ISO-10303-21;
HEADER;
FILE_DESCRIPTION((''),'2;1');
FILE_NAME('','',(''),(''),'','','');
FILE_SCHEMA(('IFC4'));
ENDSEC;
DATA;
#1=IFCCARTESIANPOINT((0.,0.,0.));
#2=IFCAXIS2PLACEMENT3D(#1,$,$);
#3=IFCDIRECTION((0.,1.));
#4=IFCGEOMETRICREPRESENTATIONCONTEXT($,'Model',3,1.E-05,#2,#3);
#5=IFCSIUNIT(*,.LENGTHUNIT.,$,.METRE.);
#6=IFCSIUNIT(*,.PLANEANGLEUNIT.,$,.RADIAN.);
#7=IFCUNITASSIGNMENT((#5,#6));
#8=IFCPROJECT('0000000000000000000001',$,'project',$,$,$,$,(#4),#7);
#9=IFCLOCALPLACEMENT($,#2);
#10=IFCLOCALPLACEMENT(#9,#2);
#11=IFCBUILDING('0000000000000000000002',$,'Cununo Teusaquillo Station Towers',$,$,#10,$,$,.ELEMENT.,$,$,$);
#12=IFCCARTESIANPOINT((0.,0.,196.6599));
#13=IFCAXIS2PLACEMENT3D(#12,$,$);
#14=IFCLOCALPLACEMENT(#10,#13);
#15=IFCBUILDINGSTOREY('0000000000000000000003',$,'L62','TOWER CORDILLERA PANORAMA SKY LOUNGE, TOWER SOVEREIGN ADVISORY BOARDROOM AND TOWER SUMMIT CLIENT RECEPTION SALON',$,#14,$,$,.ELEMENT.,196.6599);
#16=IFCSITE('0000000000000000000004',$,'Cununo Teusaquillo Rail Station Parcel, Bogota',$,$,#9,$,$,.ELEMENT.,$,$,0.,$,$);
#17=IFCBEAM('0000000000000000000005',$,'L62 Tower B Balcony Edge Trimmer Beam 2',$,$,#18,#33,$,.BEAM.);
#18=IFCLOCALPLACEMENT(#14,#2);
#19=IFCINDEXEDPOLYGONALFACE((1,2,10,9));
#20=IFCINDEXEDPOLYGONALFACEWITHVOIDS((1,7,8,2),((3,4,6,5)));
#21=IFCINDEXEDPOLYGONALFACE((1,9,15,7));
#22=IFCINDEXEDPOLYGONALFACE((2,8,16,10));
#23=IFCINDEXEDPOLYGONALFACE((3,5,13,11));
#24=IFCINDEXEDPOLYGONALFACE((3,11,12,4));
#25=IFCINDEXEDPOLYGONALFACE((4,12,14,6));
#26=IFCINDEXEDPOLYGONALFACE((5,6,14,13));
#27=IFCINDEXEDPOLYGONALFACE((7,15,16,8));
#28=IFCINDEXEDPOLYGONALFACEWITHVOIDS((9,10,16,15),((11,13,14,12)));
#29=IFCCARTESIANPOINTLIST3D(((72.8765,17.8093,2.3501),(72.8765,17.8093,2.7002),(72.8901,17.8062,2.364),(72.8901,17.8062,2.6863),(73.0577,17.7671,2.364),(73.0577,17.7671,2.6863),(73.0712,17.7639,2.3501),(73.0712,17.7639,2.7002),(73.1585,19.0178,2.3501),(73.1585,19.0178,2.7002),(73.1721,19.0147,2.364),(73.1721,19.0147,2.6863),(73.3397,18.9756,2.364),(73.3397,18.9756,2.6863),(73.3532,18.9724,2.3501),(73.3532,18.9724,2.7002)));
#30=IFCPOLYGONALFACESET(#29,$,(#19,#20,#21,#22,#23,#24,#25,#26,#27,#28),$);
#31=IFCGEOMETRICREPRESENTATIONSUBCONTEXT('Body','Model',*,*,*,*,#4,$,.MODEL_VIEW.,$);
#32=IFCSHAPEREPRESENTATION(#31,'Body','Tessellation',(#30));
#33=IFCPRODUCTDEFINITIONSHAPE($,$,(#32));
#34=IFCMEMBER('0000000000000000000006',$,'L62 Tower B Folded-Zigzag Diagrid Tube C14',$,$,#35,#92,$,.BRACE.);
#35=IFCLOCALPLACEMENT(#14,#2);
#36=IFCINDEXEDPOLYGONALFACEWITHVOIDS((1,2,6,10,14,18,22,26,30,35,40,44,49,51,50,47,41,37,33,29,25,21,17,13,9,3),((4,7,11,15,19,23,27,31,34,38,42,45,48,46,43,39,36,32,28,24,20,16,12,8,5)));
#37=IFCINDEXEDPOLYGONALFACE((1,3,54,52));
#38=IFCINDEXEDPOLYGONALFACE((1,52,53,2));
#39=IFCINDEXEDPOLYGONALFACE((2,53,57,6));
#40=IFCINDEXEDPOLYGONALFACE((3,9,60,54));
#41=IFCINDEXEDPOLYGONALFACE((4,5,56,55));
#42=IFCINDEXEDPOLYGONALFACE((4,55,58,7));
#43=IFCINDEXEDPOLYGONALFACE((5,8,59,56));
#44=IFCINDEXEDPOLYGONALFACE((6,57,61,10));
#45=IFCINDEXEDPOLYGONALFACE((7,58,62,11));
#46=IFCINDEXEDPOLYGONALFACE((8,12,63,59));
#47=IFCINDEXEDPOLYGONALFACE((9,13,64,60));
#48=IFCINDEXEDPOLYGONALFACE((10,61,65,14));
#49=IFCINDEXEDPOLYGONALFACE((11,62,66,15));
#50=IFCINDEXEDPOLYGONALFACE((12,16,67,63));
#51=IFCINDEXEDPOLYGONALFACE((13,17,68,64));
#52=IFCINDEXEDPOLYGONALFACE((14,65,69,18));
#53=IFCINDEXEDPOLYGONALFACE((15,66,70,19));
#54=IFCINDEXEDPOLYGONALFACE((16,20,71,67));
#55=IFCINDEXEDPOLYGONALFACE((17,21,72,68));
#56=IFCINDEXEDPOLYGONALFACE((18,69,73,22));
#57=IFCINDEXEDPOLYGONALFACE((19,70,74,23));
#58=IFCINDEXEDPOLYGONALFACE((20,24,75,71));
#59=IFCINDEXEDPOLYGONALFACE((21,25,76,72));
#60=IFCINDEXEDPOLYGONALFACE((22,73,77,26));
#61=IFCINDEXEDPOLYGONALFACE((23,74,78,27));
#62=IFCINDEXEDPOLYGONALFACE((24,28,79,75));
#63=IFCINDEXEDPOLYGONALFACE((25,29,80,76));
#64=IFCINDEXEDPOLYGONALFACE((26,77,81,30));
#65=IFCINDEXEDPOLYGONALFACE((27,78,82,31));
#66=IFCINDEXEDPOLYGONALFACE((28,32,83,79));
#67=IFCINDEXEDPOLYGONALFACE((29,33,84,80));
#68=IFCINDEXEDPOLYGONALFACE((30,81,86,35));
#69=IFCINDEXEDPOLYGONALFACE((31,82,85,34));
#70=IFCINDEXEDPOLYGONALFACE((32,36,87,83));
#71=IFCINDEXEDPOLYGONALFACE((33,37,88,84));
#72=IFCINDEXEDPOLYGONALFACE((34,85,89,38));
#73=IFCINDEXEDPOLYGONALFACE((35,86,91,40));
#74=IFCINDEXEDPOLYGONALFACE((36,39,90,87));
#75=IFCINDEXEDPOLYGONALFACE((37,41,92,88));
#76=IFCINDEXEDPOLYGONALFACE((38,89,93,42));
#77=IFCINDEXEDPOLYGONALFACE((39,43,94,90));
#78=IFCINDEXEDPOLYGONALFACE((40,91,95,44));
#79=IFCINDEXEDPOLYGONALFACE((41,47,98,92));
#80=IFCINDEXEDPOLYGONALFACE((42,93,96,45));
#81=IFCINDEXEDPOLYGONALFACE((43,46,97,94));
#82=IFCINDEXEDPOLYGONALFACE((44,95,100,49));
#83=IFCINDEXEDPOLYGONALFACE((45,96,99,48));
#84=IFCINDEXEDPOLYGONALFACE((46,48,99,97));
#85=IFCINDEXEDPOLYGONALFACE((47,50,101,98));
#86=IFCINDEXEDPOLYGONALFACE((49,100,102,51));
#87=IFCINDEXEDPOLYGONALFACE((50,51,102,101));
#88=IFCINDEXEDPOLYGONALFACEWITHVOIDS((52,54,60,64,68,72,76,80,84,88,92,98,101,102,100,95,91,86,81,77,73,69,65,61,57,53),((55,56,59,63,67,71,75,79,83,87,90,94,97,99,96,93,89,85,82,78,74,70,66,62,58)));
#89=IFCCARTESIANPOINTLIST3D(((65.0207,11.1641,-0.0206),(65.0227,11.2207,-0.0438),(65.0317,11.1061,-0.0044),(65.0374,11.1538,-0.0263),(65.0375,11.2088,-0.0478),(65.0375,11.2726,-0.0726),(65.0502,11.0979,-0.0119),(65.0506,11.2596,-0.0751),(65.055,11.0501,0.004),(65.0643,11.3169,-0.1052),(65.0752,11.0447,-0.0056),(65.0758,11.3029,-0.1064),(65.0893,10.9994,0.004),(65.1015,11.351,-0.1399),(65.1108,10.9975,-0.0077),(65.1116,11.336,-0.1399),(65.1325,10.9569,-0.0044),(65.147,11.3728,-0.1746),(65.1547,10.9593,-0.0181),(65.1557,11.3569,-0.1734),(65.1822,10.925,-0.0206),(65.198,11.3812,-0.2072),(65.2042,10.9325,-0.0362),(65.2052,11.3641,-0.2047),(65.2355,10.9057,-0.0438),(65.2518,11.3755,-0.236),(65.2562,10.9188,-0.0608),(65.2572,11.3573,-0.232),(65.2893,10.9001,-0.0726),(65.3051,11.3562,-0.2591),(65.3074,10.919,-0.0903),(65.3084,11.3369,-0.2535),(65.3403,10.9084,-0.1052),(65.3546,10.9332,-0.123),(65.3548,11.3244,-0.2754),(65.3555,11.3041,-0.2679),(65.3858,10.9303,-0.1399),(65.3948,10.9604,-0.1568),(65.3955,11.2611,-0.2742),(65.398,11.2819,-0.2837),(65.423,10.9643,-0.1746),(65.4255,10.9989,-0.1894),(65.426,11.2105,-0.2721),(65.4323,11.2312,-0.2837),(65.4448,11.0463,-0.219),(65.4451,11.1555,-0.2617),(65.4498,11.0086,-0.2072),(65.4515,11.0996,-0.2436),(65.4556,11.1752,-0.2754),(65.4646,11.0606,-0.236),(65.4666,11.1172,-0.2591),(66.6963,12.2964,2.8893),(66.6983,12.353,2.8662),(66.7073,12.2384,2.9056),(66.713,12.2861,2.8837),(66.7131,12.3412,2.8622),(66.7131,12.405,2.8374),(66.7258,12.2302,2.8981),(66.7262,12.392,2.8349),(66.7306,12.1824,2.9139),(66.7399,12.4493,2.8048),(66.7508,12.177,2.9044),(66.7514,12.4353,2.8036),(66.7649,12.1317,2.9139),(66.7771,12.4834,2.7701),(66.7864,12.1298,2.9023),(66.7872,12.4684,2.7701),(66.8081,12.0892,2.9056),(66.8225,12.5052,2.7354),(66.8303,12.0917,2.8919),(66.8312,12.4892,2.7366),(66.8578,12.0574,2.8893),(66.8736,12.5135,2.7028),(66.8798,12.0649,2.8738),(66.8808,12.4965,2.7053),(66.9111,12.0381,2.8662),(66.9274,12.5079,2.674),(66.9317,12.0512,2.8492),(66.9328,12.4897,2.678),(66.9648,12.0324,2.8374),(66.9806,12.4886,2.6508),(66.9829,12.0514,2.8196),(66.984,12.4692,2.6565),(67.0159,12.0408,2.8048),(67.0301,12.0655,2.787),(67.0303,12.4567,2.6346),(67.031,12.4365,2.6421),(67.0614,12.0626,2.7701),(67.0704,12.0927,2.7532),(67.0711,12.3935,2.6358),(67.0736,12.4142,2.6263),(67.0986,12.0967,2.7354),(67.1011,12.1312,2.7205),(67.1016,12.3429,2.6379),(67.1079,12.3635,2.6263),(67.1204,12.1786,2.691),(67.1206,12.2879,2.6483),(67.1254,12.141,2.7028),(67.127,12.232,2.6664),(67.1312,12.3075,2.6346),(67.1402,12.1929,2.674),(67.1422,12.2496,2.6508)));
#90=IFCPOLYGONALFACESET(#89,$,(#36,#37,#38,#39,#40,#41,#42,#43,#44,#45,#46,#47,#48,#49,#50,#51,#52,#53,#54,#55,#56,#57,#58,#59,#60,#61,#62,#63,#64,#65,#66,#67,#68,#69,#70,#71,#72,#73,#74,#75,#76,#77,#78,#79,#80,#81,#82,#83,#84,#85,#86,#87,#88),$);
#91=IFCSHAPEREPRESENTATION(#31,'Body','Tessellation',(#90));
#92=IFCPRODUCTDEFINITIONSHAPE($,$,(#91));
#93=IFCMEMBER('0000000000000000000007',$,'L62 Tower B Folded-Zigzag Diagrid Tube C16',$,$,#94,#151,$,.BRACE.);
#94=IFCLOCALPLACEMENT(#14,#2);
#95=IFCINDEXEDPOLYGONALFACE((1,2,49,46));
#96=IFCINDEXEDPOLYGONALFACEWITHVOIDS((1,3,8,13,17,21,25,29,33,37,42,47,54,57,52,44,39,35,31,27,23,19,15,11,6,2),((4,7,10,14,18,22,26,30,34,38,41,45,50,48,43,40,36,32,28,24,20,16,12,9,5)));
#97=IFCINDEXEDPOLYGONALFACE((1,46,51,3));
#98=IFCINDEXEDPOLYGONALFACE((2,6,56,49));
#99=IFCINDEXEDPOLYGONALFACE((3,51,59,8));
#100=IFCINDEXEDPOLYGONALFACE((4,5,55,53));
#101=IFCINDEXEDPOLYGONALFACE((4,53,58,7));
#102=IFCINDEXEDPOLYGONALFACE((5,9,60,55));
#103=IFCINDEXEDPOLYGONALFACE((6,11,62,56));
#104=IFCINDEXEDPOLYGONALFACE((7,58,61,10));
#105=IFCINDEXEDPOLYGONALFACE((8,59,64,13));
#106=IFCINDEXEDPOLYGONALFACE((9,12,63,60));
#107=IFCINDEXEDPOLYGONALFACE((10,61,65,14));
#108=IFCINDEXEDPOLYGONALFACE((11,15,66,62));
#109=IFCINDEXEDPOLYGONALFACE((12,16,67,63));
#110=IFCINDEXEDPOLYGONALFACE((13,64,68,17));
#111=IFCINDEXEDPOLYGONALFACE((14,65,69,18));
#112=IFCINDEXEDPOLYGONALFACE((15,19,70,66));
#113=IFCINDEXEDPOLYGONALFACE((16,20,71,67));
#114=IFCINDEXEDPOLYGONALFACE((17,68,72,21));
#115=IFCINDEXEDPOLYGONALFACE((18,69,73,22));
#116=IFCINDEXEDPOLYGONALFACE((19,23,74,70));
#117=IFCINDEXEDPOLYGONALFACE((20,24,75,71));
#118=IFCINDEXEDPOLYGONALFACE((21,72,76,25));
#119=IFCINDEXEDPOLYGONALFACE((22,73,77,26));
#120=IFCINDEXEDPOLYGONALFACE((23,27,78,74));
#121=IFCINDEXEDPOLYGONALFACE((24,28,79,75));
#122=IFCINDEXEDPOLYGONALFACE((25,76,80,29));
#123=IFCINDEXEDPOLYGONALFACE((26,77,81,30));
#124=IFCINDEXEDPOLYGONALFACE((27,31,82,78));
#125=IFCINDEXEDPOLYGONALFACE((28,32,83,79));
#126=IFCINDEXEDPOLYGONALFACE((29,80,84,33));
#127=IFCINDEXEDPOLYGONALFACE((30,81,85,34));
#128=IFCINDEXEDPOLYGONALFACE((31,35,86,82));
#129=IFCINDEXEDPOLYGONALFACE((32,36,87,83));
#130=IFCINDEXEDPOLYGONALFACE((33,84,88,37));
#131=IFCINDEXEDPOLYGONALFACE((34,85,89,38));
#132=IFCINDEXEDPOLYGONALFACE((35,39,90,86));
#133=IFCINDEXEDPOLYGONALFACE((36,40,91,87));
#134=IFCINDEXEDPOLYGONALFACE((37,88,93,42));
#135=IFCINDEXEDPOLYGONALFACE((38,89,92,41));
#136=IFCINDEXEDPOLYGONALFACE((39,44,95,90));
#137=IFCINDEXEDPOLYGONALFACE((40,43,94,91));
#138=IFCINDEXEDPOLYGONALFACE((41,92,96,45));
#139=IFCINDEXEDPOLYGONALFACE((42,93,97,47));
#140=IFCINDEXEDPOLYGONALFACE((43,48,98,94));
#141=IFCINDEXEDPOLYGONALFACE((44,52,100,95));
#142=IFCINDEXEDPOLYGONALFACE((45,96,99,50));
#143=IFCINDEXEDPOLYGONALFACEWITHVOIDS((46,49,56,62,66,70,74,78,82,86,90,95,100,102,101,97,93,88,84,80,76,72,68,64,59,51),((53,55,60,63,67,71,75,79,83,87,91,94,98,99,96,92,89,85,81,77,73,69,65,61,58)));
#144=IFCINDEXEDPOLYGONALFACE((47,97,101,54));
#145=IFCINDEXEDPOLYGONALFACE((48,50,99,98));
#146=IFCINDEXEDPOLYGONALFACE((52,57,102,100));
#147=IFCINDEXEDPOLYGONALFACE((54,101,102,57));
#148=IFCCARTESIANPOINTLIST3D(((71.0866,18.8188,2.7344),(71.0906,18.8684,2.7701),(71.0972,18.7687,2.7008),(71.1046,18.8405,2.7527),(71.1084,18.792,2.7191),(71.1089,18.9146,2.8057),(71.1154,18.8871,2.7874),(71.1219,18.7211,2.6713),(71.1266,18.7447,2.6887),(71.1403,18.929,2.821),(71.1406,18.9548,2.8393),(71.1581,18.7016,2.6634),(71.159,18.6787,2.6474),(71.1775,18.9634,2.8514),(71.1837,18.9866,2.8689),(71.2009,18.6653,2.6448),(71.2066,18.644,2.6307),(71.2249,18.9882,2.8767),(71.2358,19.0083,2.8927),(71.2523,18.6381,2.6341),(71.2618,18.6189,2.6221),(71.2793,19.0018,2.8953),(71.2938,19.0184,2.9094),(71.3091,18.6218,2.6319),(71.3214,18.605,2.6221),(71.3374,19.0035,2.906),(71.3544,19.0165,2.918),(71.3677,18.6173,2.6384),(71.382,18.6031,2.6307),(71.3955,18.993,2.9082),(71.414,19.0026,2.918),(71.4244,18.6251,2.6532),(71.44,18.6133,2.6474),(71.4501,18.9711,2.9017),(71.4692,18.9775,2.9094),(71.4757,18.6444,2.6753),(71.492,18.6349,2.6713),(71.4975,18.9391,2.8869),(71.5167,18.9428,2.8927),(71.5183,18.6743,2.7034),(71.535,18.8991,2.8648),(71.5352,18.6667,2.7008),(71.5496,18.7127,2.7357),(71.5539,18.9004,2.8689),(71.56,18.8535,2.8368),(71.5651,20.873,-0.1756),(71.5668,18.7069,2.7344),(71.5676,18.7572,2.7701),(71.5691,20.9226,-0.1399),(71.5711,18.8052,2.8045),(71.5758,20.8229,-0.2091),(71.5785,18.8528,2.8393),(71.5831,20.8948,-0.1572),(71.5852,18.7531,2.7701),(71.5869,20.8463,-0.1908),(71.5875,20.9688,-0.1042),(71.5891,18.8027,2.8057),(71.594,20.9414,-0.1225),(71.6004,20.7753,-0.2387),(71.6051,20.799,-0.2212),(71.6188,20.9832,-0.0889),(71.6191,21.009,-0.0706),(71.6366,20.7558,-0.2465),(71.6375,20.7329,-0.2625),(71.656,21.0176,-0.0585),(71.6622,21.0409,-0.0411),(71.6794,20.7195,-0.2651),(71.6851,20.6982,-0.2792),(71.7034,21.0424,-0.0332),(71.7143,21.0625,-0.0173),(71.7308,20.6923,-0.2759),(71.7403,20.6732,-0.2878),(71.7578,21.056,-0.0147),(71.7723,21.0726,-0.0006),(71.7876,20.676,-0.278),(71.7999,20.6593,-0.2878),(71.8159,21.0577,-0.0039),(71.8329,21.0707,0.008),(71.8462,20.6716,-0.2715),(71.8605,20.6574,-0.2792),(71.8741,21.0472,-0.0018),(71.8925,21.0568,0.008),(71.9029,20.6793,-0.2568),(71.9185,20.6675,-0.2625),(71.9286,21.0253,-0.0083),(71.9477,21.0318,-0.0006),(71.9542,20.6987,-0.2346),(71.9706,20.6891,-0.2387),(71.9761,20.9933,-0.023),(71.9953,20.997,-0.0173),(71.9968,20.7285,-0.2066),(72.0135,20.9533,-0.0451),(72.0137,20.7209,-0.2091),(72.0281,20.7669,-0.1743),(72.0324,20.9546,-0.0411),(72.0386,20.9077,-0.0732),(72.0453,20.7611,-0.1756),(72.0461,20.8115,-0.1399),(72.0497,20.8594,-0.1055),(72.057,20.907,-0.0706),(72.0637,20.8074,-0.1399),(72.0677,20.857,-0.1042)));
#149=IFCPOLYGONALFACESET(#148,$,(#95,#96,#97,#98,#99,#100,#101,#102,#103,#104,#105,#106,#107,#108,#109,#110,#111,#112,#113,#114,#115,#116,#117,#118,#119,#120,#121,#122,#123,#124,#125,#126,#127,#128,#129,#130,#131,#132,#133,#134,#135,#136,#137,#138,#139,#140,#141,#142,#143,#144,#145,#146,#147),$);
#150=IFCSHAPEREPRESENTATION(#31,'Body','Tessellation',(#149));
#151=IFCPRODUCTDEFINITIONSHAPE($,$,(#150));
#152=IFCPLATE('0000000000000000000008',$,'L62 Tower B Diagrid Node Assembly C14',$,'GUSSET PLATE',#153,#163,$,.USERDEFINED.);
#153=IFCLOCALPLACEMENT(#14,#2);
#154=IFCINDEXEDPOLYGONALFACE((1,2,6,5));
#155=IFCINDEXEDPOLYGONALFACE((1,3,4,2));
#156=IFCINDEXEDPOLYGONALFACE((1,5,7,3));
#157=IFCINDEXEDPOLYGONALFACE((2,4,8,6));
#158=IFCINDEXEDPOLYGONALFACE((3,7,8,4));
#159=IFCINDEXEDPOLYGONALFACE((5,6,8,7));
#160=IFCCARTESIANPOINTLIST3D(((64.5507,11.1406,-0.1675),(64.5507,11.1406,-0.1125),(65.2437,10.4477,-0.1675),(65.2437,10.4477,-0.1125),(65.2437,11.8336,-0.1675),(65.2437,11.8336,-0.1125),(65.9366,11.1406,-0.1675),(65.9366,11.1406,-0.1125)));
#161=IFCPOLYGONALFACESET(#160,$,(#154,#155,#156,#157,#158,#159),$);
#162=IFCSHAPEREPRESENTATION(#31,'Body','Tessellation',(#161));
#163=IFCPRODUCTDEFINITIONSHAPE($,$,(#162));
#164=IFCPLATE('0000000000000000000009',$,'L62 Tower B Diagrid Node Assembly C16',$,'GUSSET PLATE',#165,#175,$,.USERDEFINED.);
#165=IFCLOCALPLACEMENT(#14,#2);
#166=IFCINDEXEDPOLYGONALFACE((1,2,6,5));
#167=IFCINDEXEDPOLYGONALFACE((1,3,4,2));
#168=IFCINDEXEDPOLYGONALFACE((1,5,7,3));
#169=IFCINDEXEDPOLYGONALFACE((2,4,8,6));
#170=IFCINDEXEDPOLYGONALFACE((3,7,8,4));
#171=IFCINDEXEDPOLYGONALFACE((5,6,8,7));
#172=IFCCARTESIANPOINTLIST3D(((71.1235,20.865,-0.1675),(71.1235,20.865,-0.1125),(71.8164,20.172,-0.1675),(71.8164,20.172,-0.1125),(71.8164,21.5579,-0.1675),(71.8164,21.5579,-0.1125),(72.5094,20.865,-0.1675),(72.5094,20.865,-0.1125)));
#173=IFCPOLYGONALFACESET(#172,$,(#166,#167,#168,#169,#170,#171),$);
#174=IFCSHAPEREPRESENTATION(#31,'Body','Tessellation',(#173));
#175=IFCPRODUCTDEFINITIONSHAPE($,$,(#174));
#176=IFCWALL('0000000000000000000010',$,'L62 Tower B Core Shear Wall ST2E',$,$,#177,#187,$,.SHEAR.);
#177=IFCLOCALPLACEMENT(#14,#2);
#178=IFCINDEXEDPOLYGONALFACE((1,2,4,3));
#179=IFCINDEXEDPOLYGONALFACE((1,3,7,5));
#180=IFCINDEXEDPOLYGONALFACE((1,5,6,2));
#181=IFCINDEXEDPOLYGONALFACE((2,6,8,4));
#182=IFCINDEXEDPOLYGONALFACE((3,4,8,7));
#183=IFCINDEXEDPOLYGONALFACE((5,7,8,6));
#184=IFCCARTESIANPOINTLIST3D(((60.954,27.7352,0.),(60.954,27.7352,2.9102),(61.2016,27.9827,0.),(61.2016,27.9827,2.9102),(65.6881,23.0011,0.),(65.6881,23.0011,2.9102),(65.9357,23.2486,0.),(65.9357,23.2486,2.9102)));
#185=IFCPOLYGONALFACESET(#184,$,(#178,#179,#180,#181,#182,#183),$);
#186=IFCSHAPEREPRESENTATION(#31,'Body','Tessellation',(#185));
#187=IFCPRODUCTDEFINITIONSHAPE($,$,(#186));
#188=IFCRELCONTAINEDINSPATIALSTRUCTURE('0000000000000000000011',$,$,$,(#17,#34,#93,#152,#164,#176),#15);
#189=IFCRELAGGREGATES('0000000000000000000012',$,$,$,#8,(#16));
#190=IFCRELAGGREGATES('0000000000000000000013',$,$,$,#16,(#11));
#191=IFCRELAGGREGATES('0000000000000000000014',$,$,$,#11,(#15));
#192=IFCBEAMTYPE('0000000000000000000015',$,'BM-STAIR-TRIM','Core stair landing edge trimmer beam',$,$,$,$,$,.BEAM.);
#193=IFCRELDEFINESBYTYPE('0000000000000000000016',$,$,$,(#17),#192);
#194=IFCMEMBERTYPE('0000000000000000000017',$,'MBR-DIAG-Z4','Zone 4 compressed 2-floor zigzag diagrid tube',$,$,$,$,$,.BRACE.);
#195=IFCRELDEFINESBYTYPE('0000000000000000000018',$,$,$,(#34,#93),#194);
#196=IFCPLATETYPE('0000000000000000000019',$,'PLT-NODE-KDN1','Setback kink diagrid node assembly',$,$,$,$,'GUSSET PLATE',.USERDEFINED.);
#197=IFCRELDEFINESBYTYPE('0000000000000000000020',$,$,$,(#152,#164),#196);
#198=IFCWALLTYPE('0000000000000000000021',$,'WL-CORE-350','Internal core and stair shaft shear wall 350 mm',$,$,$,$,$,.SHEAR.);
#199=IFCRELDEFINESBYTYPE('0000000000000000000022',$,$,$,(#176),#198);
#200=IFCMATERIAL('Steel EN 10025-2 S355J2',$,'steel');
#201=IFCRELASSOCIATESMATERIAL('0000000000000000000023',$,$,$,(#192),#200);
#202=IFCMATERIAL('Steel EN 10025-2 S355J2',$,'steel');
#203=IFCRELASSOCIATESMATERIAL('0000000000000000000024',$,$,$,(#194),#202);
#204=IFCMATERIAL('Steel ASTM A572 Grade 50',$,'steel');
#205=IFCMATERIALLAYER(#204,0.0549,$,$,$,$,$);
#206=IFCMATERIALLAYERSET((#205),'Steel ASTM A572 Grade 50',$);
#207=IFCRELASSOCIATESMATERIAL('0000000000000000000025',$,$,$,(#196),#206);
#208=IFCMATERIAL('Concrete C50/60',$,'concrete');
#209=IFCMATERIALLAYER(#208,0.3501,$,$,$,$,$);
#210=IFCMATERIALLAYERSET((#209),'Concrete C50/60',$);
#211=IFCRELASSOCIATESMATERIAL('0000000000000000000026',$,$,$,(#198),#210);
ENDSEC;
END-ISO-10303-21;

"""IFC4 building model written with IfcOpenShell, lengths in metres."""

from ifc_helpers import new_model, si_unit, direction, frame, frame_2d, origin, origin_2d, place, context, subcontext, project, spatial, rectangle, hollow_rectangle, hollow_circle, extrude, source, transform, mapped, material, layer, layer_set, material_profile, profile_set, type_object, element, save


model = new_model("IFC4")

# Units and contexts
model_context = context("Model", 3, precision=1e-05, world=origin(), true_north=direction((0.0, 1.0)))
body_context = subcontext(model_context, "Body", "Model", "MODEL_VIEW")
ifc_project = project(units=[si_unit("LENGTHUNIT", "METRE"), si_unit("PLANEANGLEUNIT", "RADIAN")], contexts=[model_context])

# Site, building, storey
site_placement = place(None, origin())
site = spatial("IfcSite", under=ifc_project, at=site_placement, Name="Cununo Teusaquillo Rail Station Parcel, Bogota", CompositionType="ELEMENT", RefElevation=0.0)
building_placement = place(site_placement, origin())
building = spatial("IfcBuilding", under=site, at=building_placement, Name="Cununo Teusaquillo Station Towers", CompositionType="ELEMENT")
storey_placement = place(building_placement, frame((0.0, 0.0, 196.6599)))
storey = spatial("IfcBuildingStorey", under=building, at=storey_placement, Name="L62", Description="TOWER CORDILLERA PANORAMA SKY LOUNGE, TOWER SOVEREIGN ADVISORY BOARDROOM AND TOWER SUMMIT CLIENT RECEPTION SALON", CompositionType="ELEMENT", Elevation=196.6599)

# Beam
ifc_material_1 = material(Name="Steel EN 10025-2 S355J2", Category="steel")
ifc_material_profile_1 = material_profile(ifc_material_1, hollow_rectangle(XDim=0.2, YDim=0.3501, WallThickness=0.0139, at=origin_2d()), Name="RHS 350x200x14")
ifc_profile_set_1 = profile_set([ifc_material_profile_1], Name="Steel EN 10025-2 S355J2")
beam_type_1 = type_object("IfcBeamType", Name="BM-STAIR-TRIM", Description="Core stair landing edge trimmer beam", PredefinedType="BEAM", material=ifc_profile_set_1)
beam_1_placement = place(storey_placement, frame((72.9739, 17.7866, 2.5251), z_axis=(0.22723, 0.973841, 0.0), x_axis=(-0.973841, 0.22723, 0.0)))
element("IfcBeam", 1, at=beam_1_placement, inside=storey, type_object=beam_type_1, Name="L62 Tower B Balcony Edge Trimmer Beam 2", PredefinedType="BEAM", context=body_context, shape_type="SweptSolid", body=[
    extrude(hollow_rectangle(XDim=0.2, YDim=0.3501, WallThickness=0.0139, at=origin_2d()), origin(), (0.0, 0.0, 1.0), 1.241),
])

# Members
ifc_material_2 = material(Name="Steel EN 10025-2 S355J2", Category="steel")
ifc_material_profile_2 = material_profile(ifc_material_2, hollow_circle(Radius=0.2539, WallThickness=0.0181, at=origin_2d()), Name="CHS 508x18")
ifc_profile_set_2 = profile_set([ifc_material_profile_2], Name="Steel EN 10025-2 S355J2")
member_type = type_object("IfcMemberType", Name="MBR-DIAG-Z4", Description="Zone 4 compressed 2-floor zigzag diagrid tube", PredefinedType="BRACE", material=ifc_profile_set_2)
member_1_placement = place(storey_placement, frame((65.2437, 11.1406, -0.1399), z_axis=(0.472833, 0.31954, 0.821172), x_axis=(-0.559927, 0.828542, 0.0)))
element("IfcMember", 2, at=member_1_placement, inside=storey, type_object=member_type, Name="L62 Tower B Folded-Zigzag Diagrid Tube C14", PredefinedType="BRACE", context=body_context, shape_type="SweptSolid", body=[
    extrude(hollow_circle(Radius=0.2539, WallThickness=0.0181, at=origin_2d()), origin(), (0.0, 0.0, 1.0), 3.5437),
])
member_2_placement = place(storey_placement, frame((71.8164, 20.865, -0.1399), z_axis=(-0.133146, -0.571575, 0.809675), x_axis=(0.973925, -0.226871, 0.0)))
element("IfcMember", 3, at=member_2_placement, inside=storey, type_object=member_type, Name="L62 Tower B Folded-Zigzag Diagrid Tube C16", PredefinedType="BRACE", context=body_context, shape_type="SweptSolid", body=[
    extrude(hollow_circle(Radius=0.2539, WallThickness=0.0181, at=origin_2d()), origin(), (0.0, 0.0, 1.0), 3.594),
])

# Plates
ifc_material_3 = material(Name="Steel ASTM A572 Grade 50", Category="steel")
ifc_layer_1 = layer(ifc_material_3, 0.0549)
ifc_layer_set_1 = layer_set([ifc_layer_1], Name="Steel ASTM A572 Grade 50")
plate_type = type_object("IfcPlateType", Name="PLT-NODE-KDN1", Description="Setback kink diagrid node assembly", ElementType="GUSSET PLATE", PredefinedType="USERDEFINED", material=ifc_layer_set_1)
shared_shape_1 = source(origin(), body_context, "Body", "SweptSolid", [
    extrude(rectangle(XDim=0.98, YDim=0.98, at=origin_2d()), origin(), (0.0, 0.0, 1.0), 0.0549),
])
for number, where, z_axis, x_axis, name in (
    (4, (65.2437, 11.1406, -0.1675), (0.0, 0.0, 1.0), (0.707107, 0.707107, 0.0), "L62 Tower B Diagrid Node Assembly C14"),
    (5, (71.8164, 20.865, -0.1675), (0.0, 0.0, 1.0), (0.707107, 0.707107, 0.0), "L62 Tower B Diagrid Node Assembly C16"),
):
    element("IfcPlate", number, at=place(storey_placement, frame(where, z_axis=z_axis, x_axis=x_axis)), inside=storey, type_object=plate_type, Name=name, ObjectType="GUSSET PLATE", PredefinedType="USERDEFINED", context=body_context, shape_type="MappedRepresentation", body=[
        mapped(shared_shape_1, transform((0.0, 0.0, 0.0), x_axis=(1.0, 0.0, 0.0), y_axis=(0.0, 1.0, 0.0), z_axis=(0.0, 0.0, 1.0), scale=1.0)),
    ])

# Wall
ifc_material_4 = material(Name="Concrete C50/60", Category="concrete")
ifc_layer_2 = layer(ifc_material_4, 0.3501)
ifc_layer_set_2 = layer_set([ifc_layer_2], Name="Concrete C50/60")
wall_type_1 = type_object("IfcWallType", Name="WL-CORE-350", Description="Internal core and stair shaft shear wall 350 mm", PredefinedType="SHEAR", material=ifc_layer_set_2)
wall_1_placement = place(storey_placement, frame((65.812, 23.1248, 0.0), z_axis=(0.0, 0.0, 1.0), x_axis=(-0.707107, 0.707107, 0.0)))
element("IfcWall", 6, at=wall_1_placement, inside=storey, type_object=wall_type_1, Name="L62 Tower B Core Shear Wall ST2E", PredefinedType="SHEAR", context=body_context, shape_type="SweptSolid", body=[
    extrude(rectangle(XDim=6.6951, YDim=0.3501, at=frame_2d((3.3477, 0.0))), origin(), (0.0, 0.0, 1.0), 2.9102),
])

save(model, "model.ifc")
